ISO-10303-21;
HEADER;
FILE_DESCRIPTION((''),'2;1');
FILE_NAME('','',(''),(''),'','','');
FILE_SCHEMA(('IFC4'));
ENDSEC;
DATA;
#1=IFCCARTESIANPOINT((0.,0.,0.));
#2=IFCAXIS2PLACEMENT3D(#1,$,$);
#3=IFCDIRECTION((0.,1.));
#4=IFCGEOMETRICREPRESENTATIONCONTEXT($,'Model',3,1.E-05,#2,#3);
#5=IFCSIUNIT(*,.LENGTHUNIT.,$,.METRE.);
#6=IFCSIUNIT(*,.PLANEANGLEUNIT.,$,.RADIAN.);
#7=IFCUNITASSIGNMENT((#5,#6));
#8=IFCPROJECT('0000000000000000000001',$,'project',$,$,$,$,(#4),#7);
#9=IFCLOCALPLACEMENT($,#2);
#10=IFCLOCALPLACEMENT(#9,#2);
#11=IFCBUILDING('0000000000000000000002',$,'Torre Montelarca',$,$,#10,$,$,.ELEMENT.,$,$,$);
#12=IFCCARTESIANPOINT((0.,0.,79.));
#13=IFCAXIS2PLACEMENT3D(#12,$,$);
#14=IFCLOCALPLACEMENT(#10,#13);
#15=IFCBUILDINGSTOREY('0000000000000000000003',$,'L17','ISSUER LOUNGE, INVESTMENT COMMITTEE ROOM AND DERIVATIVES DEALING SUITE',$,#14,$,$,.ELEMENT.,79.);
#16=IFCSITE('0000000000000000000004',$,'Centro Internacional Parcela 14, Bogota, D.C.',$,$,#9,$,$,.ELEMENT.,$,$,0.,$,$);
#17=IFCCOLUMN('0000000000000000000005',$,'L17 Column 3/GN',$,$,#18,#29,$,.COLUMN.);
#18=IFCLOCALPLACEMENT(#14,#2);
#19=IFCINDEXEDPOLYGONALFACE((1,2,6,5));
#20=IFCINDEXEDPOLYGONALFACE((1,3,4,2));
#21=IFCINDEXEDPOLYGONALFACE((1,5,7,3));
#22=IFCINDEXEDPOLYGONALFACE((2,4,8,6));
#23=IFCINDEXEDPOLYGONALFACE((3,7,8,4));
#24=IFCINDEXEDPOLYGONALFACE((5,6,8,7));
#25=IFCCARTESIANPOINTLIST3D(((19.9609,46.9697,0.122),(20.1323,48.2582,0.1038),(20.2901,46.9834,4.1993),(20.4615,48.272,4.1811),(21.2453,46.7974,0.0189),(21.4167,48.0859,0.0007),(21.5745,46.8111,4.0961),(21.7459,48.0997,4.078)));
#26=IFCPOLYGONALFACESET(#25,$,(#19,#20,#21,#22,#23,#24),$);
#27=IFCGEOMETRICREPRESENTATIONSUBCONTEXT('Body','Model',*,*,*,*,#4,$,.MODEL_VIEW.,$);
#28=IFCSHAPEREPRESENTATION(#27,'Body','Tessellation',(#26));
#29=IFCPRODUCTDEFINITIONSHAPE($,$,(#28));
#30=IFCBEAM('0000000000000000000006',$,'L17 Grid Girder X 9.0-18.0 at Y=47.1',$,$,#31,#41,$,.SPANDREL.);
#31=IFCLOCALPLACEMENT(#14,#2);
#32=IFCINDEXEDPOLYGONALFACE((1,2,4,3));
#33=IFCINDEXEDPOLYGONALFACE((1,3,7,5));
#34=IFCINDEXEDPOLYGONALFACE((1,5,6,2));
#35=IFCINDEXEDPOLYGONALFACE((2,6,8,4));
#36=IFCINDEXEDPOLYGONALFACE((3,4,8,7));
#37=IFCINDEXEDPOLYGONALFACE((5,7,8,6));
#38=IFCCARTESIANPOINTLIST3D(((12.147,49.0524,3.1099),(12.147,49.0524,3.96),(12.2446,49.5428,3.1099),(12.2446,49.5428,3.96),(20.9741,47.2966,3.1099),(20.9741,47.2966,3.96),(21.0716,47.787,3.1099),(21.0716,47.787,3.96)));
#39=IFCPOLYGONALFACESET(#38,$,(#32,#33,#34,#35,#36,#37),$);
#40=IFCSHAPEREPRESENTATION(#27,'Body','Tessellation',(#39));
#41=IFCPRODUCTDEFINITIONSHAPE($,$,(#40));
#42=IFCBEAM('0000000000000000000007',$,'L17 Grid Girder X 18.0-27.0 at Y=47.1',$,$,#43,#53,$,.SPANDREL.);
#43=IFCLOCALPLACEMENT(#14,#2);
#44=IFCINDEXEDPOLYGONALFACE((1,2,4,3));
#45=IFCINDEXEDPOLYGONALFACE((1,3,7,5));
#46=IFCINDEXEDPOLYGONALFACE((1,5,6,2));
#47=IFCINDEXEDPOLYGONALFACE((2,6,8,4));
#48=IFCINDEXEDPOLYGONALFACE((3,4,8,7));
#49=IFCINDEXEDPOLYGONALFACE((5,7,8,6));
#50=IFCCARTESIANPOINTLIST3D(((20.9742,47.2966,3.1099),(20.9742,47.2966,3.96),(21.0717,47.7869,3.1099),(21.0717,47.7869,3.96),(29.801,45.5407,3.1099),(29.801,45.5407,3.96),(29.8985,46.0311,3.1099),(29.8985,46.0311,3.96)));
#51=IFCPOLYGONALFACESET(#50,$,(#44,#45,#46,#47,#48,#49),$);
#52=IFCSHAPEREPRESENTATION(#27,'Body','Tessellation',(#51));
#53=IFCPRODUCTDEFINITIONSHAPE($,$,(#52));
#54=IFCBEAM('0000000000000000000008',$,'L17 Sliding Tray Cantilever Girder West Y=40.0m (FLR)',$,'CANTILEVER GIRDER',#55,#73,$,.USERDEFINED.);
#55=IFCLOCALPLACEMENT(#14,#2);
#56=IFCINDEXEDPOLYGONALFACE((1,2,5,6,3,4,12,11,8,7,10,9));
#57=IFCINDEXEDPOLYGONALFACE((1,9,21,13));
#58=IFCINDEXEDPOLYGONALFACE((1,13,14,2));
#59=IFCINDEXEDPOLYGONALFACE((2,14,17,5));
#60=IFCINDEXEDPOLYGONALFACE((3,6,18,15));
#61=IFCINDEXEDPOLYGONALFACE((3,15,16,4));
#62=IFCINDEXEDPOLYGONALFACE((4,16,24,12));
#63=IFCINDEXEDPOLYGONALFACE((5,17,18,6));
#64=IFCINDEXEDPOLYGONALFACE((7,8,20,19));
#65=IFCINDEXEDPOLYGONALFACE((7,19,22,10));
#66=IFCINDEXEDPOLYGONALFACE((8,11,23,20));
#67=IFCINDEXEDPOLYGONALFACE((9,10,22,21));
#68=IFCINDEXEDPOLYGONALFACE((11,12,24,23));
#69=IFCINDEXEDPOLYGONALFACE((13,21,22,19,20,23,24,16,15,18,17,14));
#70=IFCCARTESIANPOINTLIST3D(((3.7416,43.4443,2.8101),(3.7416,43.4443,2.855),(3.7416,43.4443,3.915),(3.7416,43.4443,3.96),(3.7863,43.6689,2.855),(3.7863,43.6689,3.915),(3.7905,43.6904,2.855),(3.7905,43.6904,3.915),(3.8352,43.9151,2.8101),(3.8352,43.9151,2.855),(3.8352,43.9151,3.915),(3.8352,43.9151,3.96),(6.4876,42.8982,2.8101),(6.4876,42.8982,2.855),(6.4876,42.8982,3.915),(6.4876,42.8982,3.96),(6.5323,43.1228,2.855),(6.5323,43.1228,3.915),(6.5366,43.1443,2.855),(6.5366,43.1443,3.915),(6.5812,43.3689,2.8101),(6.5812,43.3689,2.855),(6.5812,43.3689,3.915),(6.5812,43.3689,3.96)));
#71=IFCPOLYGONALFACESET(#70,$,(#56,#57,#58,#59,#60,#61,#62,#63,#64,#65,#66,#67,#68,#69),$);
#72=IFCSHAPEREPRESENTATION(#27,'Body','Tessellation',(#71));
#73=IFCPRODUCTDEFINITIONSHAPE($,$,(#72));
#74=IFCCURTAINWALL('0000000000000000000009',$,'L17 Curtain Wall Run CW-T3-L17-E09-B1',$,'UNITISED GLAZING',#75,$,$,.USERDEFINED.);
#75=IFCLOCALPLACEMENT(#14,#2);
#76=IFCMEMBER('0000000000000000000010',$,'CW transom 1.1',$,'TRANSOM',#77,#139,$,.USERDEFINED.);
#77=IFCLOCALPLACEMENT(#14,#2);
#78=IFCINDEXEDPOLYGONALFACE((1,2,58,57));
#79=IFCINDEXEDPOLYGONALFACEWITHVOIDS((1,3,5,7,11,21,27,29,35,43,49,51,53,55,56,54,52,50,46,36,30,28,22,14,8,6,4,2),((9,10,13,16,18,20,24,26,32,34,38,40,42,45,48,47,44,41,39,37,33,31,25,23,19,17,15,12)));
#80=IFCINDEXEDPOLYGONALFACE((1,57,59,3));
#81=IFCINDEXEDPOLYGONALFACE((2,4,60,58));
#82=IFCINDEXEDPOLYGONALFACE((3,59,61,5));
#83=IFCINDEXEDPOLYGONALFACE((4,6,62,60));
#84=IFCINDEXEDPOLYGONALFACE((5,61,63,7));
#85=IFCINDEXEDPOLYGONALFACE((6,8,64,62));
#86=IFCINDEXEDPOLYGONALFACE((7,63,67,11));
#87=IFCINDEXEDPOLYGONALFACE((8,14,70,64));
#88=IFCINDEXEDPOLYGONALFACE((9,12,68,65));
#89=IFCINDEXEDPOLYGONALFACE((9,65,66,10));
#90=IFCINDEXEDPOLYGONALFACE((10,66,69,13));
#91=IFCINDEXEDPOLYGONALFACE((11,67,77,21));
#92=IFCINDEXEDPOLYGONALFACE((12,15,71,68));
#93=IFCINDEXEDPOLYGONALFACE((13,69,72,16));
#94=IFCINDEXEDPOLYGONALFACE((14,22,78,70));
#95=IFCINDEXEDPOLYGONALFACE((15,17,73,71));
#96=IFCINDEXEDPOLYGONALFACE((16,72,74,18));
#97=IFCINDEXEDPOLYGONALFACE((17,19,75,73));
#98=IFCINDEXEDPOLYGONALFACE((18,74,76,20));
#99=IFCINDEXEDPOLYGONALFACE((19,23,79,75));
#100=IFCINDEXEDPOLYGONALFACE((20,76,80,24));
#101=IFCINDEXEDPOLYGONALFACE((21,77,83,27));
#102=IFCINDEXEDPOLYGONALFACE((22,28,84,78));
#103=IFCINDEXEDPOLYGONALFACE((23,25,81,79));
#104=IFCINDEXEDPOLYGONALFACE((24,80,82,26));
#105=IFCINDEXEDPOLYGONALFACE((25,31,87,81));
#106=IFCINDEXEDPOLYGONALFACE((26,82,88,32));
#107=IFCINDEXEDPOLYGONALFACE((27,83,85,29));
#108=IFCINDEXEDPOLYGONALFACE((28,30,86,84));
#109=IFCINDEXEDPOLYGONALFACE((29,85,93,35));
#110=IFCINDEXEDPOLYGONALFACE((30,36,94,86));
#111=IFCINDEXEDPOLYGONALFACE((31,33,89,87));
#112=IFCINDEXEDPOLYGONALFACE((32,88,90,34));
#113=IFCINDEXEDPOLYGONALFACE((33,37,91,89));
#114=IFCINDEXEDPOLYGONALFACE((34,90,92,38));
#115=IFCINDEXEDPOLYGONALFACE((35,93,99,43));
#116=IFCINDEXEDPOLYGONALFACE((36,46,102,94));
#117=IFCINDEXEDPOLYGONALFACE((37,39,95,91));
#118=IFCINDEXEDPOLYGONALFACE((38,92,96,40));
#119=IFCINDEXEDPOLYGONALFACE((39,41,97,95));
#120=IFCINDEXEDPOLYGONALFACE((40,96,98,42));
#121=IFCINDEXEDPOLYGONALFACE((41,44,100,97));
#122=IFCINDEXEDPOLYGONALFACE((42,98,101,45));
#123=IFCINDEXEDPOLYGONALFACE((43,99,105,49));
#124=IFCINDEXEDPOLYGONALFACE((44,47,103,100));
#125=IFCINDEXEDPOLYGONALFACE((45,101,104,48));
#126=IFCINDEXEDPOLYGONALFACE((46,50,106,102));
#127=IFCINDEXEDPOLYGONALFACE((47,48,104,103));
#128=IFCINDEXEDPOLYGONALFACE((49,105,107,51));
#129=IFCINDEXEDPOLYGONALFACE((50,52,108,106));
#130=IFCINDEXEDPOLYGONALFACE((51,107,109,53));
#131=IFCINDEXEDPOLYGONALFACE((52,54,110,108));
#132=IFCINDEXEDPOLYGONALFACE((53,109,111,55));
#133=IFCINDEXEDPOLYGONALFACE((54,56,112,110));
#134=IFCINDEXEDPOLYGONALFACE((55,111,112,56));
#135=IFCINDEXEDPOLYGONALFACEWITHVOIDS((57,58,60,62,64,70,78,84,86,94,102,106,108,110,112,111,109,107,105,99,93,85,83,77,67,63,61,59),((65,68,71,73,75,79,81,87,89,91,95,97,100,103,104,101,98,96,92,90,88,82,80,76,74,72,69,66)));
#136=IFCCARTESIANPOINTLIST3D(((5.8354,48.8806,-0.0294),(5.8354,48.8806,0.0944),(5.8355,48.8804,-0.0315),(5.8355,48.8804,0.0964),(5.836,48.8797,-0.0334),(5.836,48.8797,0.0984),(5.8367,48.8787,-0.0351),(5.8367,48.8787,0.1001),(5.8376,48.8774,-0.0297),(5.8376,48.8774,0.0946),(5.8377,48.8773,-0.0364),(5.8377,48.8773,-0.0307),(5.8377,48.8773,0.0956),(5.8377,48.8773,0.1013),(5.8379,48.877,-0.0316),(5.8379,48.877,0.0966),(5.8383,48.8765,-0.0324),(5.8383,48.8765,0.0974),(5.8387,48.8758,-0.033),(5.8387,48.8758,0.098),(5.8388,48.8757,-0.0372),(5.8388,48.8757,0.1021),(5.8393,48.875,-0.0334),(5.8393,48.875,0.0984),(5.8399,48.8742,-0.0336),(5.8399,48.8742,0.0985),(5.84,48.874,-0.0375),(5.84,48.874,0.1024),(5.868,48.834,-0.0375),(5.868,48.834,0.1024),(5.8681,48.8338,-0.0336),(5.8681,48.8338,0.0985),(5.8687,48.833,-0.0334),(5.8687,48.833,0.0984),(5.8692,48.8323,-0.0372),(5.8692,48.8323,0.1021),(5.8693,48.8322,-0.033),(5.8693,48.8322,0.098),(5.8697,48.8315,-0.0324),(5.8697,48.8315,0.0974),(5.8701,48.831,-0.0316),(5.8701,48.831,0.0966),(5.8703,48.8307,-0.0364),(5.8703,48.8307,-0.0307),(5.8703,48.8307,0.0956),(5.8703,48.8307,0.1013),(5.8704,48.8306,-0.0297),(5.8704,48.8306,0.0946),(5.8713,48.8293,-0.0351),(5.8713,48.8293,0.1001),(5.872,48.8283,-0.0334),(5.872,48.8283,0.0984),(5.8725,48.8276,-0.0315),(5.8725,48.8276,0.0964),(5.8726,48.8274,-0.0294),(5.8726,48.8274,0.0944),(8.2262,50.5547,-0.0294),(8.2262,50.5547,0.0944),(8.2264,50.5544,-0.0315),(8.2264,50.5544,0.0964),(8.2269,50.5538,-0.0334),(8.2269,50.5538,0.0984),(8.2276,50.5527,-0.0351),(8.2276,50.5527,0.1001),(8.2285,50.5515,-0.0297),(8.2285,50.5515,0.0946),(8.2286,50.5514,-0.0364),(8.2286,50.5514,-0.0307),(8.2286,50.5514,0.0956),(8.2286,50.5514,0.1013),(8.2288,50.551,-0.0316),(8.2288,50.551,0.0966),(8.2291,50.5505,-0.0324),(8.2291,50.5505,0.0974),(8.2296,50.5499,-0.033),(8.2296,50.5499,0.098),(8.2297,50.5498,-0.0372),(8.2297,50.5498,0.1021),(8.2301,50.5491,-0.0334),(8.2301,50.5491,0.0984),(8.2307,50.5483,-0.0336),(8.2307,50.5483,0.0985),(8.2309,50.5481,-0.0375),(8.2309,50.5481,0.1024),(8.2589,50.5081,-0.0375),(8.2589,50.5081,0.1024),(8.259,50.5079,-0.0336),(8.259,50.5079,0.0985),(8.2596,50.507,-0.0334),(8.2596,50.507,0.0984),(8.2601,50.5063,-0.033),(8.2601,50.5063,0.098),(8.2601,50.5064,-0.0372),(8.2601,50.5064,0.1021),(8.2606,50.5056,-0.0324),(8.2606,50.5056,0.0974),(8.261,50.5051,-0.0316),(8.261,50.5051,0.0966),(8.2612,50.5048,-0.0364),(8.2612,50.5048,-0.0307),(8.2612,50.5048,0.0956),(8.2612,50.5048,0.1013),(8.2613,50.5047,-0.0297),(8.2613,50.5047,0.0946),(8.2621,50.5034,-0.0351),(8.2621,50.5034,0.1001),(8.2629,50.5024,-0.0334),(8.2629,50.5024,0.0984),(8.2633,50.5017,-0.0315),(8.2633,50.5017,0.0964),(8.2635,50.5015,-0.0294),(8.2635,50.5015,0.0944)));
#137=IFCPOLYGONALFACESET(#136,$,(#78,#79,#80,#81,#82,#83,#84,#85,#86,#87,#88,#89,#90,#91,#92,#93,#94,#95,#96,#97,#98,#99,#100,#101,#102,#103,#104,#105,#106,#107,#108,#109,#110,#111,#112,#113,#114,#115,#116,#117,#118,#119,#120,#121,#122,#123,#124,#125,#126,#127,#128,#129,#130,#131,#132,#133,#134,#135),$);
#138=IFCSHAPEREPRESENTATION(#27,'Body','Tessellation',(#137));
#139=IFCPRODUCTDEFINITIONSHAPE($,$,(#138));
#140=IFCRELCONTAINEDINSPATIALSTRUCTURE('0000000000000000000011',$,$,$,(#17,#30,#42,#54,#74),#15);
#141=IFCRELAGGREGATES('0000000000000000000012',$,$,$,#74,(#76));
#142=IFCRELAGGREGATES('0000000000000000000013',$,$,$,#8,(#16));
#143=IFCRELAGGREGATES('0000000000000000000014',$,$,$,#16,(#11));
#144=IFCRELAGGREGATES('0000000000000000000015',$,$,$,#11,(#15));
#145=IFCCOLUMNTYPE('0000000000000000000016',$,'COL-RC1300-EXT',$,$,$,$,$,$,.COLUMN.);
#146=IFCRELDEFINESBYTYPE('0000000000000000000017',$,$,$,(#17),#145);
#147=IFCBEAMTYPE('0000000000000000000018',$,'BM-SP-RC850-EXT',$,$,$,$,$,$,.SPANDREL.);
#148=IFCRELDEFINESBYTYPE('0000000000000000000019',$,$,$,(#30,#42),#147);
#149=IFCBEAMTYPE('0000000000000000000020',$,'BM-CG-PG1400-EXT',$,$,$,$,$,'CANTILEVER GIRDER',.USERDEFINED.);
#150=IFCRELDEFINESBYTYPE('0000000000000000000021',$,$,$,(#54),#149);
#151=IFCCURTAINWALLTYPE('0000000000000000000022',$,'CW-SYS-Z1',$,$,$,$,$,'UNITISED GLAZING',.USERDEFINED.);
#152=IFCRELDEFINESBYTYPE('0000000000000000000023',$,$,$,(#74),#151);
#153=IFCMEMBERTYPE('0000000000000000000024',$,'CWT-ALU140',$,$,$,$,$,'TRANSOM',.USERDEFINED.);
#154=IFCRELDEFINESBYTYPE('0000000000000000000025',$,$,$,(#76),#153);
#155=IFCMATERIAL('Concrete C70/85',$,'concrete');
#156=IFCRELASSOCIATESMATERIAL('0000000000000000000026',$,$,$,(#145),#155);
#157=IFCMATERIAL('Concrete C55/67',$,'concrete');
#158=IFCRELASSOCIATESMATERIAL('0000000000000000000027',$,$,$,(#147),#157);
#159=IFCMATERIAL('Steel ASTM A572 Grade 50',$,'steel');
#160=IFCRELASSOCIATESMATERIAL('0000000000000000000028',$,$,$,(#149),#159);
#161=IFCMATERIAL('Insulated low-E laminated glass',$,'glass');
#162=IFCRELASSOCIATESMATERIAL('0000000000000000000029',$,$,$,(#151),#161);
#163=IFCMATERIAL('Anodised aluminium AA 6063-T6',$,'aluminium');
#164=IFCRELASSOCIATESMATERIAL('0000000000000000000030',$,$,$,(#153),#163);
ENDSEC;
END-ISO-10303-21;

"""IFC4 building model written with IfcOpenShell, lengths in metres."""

from ifc_helpers import new_model, si_unit, direction, frame, origin, origin_2d, place, context, subcontext, project, spatial, rectangle, hollow_rectangle, i_section, extrude, clip, halfspace, source, transform, mapped, material, material_profile, profile_set, type_object, element, aggregate, save


model = new_model("IFC4")

# Units and contexts
model_context = context("Model", 3, precision=1e-05, world=origin(), true_north=direction((0.0, 1.0)))
body_context = subcontext(model_context, "Body", "Model", "MODEL_VIEW")
ifc_project = project(units=[si_unit("LENGTHUNIT", "METRE"), si_unit("PLANEANGLEUNIT", "RADIAN")], contexts=[model_context])

# Site, building, storey
site_placement = place(None, origin())
site = spatial("IfcSite", under=ifc_project, at=site_placement, Name="Centro Internacional Parcela 14, Bogota, D.C.", CompositionType="ELEMENT", RefElevation=0.0)
building_placement = place(site_placement, origin())
building = spatial("IfcBuilding", under=site, at=building_placement, Name="Torre Montelarca", CompositionType="ELEMENT")
storey_placement = place(building_placement, frame((0.0, 0.0, 79.0)))
storey = spatial("IfcBuildingStorey", under=building, at=storey_placement, Name="L17", Description="ISSUER LOUNGE, INVESTMENT COMMITTEE ROOM AND DERIVATIVES DEALING SUITE", CompositionType="ELEMENT", Elevation=79.0)

# Column
ifc_material_1 = material(Name="Concrete C55/67", Category="concrete")
ifc_material_2 = material(Name="Concrete C70/85", Category="concrete")
ifc_material_profile_1 = material_profile(ifc_material_2, rectangle(XDim=1.3, YDim=1.3, at=origin_2d()), Name="RC1300X1300", Category="concrete")
ifc_profile_set_1 = profile_set([ifc_material_profile_1], Name="Concrete C70/85")
column_type_1 = type_object("IfcColumnType", Name="COL-RC1300-EXT", PredefinedType="COLUMN", material=ifc_profile_set_1)
column_1_placement = place(storey_placement, frame((20.6838, 47.5276, 0.0), z_axis=(0.080479, 0.003361, 0.996751), x_axis=(-0.131847, -0.991171, 0.013987)))
element("IfcColumn", 1, at=column_1_placement, inside=storey, type_object=column_type_1, Name="L17 Column 3/GN", PredefinedType="COLUMN", context=body_context, shape_type="Clipping", body=[
    clip(clip(extrude(rectangle(XDim=1.3, YDim=1.3, at=origin_2d()), origin(), (0.0, 0.0, 1.0), 4.2136), halfspace(frame((0.0, 0.0, 0.0615), z_axis=(0.0, 0.0, -1.0), x_axis=(1.0, 0.0, 0.0)), False)), halfspace(frame((0.0, 0.0, 4.1521), z_axis=(0.0, 0.0, 1.0), x_axis=(1.0, 0.0, 0.0)), False)),
])

# Beams
ifc_material_profile_2 = material_profile(ifc_material_1, rectangle(XDim=0.5, YDim=0.8501, at=origin_2d()), Name="RCB500X850", Category="concrete")
ifc_profile_set_2 = profile_set([ifc_material_profile_2], Name="Concrete C55/67")
beam_type_1 = type_object("IfcBeamType", Name="BM-SP-RC850-EXT", PredefinedType="SPANDREL", material=ifc_profile_set_2)
shared_shape_1 = source(origin(), body_context, "Body", "SweptSolid", [
    extrude(rectangle(XDim=0.5, YDim=0.8501, at=origin_2d()), origin(), (0.0, 0.0, 1.0), 9.0),
])
beam_1_placement = place(storey_placement, frame((12.1958, 49.2976, 3.5349), z_axis=(0.980785, -0.195094, 0.0), x_axis=(0.195094, 0.980785, 0.0)))
element("IfcBeam", 2, at=beam_1_placement, inside=storey, type_object=beam_type_1, Name="L17 Grid Girder X 9.0-18.0 at Y=47.1", PredefinedType="SPANDREL", context=body_context, shape_type="MappedRepresentation", body=[
    mapped(shared_shape_1, transform((0.0, 0.0, 0.0), scale=1.0)),
])
shared_shape_2 = source(origin(), body_context, "Body", "SweptSolid", [
    extrude(rectangle(XDim=0.5, YDim=0.8501, at=origin_2d()), origin(), (0.0, 0.0, 1.0), 8.9998),
])
beam_2_placement = place(storey_placement, frame((21.0229, 47.5417, 3.5349), z_axis=(0.980784, -0.195099, 0.0), x_axis=(0.195099, 0.980784, 0.0)))
element("IfcBeam", 3, at=beam_2_placement, inside=storey, type_object=beam_type_1, Name="L17 Grid Girder X 18.0-27.0 at Y=47.1", PredefinedType="SPANDREL", context=body_context, shape_type="MappedRepresentation", body=[
    mapped(shared_shape_2, transform((0.0, 0.0, 0.0), scale=1.0)),
])
ifc_material_3 = material(Name="Steel ASTM A572 Grade 50", Category="steel")
ifc_material_profile_3 = material_profile(ifc_material_3, i_section(OverallWidth=0.48, OverallDepth=1.1499, WebThickness=0.022, FlangeThickness=0.0449, at=origin_2d()), Name="PG1150X480X22X45", Category="steel")
ifc_profile_set_3 = profile_set([ifc_material_profile_3], Name="Steel ASTM A572 Grade 50")
beam_type_2 = type_object("IfcBeamType", Name="BM-CG-PG1400-EXT", ElementType="CANTILEVER GIRDER", PredefinedType="USERDEFINED", material=ifc_profile_set_3)
shared_shape_3 = source(origin(), body_context, "Body", "SweptSolid", [
    extrude(i_section(OverallWidth=0.48, OverallDepth=1.1499, WebThickness=0.022, FlangeThickness=0.0449, at=origin_2d()), origin(), (0.0, 0.0, 1.0), 2.7998),
])
beam_3_placement = place(storey_placement, frame((6.5344, 43.1335, 3.385), z_axis=(-0.980791, 0.19506, 0.0), x_axis=(-0.19506, -0.980791, 0.0)))
element("IfcBeam", 4, at=beam_3_placement, inside=storey, type_object=beam_type_2, Name="L17 Sliding Tray Cantilever Girder West Y=40.0m (FLR)", ObjectType="CANTILEVER GIRDER", PredefinedType="USERDEFINED", context=body_context, shape_type="MappedRepresentation", body=[
    mapped(shared_shape_3, transform((0.0, 0.0, 0.0), scale=1.0)),
])

# Curtain wall, member
ifc_material_4 = material(Name="Insulated low-E laminated glass", Category="glass")
curtain_wall_type = type_object("IfcCurtainWallType", Name="CW-SYS-Z1", ElementType="UNITISED GLAZING", PredefinedType="USERDEFINED", material=ifc_material_4)
curtain_wall_1_placement = place(storey_placement, origin())
curtain_wall_1 = element("IfcCurtainWall", 5, at=curtain_wall_1_placement, inside=storey, type_object=curtain_wall_type, Name="L17 Curtain Wall Run CW-T3-L17-E09-B1", ObjectType="UNITISED GLAZING", PredefinedType="USERDEFINED")
ifc_material_5 = material(Name="Anodised aluminium AA 6063-T6", Category="aluminium")
ifc_material_profile_4 = material_profile(ifc_material_5, hollow_rectangle(XDim=0.0649, YDim=0.1399, WallThickness=0.0039, InnerFilletRadius=0.0039, OuterFilletRadius=0.0081, at=origin_2d()), Name="ALU65X140X4", Category="aluminium")
ifc_profile_set_4 = profile_set([ifc_material_profile_4], Name="Anodised aluminium AA 6063-T6")
member_type_1 = type_object("IfcMemberType", Name="CWT-ALU140", ElementType="TRANSOM", PredefinedType="USERDEFINED", material=ifc_profile_set_4)
shared_shape_4 = source(origin(), body_context, "Body", "SweptSolid", [
    extrude(hollow_rectangle(XDim=0.0649, YDim=0.1399, WallThickness=0.0039, InnerFilletRadius=0.0039, OuterFilletRadius=0.0081, at=origin_2d()), origin(), (0.0, 0.0, 1.0), 2.9187),
])
member_1_placement = place(storey_placement, frame((8.2449, 50.5281, 0.0325), z_axis=(-0.819157, -0.573569, 0.0), x_axis=(0.573569, -0.819157, 0.0)))
member_1 = element("IfcMember", 6, at=member_1_placement, type_object=member_type_1, Name="CW transom 1.1", ObjectType="TRANSOM", PredefinedType="USERDEFINED", context=body_context, shape_type="MappedRepresentation", body=[
    mapped(shared_shape_4, transform((0.0, 0.0, 0.0), scale=1.0)),
])

aggregate(curtain_wall_1, [member_1])

save(model, "model.ifc")
